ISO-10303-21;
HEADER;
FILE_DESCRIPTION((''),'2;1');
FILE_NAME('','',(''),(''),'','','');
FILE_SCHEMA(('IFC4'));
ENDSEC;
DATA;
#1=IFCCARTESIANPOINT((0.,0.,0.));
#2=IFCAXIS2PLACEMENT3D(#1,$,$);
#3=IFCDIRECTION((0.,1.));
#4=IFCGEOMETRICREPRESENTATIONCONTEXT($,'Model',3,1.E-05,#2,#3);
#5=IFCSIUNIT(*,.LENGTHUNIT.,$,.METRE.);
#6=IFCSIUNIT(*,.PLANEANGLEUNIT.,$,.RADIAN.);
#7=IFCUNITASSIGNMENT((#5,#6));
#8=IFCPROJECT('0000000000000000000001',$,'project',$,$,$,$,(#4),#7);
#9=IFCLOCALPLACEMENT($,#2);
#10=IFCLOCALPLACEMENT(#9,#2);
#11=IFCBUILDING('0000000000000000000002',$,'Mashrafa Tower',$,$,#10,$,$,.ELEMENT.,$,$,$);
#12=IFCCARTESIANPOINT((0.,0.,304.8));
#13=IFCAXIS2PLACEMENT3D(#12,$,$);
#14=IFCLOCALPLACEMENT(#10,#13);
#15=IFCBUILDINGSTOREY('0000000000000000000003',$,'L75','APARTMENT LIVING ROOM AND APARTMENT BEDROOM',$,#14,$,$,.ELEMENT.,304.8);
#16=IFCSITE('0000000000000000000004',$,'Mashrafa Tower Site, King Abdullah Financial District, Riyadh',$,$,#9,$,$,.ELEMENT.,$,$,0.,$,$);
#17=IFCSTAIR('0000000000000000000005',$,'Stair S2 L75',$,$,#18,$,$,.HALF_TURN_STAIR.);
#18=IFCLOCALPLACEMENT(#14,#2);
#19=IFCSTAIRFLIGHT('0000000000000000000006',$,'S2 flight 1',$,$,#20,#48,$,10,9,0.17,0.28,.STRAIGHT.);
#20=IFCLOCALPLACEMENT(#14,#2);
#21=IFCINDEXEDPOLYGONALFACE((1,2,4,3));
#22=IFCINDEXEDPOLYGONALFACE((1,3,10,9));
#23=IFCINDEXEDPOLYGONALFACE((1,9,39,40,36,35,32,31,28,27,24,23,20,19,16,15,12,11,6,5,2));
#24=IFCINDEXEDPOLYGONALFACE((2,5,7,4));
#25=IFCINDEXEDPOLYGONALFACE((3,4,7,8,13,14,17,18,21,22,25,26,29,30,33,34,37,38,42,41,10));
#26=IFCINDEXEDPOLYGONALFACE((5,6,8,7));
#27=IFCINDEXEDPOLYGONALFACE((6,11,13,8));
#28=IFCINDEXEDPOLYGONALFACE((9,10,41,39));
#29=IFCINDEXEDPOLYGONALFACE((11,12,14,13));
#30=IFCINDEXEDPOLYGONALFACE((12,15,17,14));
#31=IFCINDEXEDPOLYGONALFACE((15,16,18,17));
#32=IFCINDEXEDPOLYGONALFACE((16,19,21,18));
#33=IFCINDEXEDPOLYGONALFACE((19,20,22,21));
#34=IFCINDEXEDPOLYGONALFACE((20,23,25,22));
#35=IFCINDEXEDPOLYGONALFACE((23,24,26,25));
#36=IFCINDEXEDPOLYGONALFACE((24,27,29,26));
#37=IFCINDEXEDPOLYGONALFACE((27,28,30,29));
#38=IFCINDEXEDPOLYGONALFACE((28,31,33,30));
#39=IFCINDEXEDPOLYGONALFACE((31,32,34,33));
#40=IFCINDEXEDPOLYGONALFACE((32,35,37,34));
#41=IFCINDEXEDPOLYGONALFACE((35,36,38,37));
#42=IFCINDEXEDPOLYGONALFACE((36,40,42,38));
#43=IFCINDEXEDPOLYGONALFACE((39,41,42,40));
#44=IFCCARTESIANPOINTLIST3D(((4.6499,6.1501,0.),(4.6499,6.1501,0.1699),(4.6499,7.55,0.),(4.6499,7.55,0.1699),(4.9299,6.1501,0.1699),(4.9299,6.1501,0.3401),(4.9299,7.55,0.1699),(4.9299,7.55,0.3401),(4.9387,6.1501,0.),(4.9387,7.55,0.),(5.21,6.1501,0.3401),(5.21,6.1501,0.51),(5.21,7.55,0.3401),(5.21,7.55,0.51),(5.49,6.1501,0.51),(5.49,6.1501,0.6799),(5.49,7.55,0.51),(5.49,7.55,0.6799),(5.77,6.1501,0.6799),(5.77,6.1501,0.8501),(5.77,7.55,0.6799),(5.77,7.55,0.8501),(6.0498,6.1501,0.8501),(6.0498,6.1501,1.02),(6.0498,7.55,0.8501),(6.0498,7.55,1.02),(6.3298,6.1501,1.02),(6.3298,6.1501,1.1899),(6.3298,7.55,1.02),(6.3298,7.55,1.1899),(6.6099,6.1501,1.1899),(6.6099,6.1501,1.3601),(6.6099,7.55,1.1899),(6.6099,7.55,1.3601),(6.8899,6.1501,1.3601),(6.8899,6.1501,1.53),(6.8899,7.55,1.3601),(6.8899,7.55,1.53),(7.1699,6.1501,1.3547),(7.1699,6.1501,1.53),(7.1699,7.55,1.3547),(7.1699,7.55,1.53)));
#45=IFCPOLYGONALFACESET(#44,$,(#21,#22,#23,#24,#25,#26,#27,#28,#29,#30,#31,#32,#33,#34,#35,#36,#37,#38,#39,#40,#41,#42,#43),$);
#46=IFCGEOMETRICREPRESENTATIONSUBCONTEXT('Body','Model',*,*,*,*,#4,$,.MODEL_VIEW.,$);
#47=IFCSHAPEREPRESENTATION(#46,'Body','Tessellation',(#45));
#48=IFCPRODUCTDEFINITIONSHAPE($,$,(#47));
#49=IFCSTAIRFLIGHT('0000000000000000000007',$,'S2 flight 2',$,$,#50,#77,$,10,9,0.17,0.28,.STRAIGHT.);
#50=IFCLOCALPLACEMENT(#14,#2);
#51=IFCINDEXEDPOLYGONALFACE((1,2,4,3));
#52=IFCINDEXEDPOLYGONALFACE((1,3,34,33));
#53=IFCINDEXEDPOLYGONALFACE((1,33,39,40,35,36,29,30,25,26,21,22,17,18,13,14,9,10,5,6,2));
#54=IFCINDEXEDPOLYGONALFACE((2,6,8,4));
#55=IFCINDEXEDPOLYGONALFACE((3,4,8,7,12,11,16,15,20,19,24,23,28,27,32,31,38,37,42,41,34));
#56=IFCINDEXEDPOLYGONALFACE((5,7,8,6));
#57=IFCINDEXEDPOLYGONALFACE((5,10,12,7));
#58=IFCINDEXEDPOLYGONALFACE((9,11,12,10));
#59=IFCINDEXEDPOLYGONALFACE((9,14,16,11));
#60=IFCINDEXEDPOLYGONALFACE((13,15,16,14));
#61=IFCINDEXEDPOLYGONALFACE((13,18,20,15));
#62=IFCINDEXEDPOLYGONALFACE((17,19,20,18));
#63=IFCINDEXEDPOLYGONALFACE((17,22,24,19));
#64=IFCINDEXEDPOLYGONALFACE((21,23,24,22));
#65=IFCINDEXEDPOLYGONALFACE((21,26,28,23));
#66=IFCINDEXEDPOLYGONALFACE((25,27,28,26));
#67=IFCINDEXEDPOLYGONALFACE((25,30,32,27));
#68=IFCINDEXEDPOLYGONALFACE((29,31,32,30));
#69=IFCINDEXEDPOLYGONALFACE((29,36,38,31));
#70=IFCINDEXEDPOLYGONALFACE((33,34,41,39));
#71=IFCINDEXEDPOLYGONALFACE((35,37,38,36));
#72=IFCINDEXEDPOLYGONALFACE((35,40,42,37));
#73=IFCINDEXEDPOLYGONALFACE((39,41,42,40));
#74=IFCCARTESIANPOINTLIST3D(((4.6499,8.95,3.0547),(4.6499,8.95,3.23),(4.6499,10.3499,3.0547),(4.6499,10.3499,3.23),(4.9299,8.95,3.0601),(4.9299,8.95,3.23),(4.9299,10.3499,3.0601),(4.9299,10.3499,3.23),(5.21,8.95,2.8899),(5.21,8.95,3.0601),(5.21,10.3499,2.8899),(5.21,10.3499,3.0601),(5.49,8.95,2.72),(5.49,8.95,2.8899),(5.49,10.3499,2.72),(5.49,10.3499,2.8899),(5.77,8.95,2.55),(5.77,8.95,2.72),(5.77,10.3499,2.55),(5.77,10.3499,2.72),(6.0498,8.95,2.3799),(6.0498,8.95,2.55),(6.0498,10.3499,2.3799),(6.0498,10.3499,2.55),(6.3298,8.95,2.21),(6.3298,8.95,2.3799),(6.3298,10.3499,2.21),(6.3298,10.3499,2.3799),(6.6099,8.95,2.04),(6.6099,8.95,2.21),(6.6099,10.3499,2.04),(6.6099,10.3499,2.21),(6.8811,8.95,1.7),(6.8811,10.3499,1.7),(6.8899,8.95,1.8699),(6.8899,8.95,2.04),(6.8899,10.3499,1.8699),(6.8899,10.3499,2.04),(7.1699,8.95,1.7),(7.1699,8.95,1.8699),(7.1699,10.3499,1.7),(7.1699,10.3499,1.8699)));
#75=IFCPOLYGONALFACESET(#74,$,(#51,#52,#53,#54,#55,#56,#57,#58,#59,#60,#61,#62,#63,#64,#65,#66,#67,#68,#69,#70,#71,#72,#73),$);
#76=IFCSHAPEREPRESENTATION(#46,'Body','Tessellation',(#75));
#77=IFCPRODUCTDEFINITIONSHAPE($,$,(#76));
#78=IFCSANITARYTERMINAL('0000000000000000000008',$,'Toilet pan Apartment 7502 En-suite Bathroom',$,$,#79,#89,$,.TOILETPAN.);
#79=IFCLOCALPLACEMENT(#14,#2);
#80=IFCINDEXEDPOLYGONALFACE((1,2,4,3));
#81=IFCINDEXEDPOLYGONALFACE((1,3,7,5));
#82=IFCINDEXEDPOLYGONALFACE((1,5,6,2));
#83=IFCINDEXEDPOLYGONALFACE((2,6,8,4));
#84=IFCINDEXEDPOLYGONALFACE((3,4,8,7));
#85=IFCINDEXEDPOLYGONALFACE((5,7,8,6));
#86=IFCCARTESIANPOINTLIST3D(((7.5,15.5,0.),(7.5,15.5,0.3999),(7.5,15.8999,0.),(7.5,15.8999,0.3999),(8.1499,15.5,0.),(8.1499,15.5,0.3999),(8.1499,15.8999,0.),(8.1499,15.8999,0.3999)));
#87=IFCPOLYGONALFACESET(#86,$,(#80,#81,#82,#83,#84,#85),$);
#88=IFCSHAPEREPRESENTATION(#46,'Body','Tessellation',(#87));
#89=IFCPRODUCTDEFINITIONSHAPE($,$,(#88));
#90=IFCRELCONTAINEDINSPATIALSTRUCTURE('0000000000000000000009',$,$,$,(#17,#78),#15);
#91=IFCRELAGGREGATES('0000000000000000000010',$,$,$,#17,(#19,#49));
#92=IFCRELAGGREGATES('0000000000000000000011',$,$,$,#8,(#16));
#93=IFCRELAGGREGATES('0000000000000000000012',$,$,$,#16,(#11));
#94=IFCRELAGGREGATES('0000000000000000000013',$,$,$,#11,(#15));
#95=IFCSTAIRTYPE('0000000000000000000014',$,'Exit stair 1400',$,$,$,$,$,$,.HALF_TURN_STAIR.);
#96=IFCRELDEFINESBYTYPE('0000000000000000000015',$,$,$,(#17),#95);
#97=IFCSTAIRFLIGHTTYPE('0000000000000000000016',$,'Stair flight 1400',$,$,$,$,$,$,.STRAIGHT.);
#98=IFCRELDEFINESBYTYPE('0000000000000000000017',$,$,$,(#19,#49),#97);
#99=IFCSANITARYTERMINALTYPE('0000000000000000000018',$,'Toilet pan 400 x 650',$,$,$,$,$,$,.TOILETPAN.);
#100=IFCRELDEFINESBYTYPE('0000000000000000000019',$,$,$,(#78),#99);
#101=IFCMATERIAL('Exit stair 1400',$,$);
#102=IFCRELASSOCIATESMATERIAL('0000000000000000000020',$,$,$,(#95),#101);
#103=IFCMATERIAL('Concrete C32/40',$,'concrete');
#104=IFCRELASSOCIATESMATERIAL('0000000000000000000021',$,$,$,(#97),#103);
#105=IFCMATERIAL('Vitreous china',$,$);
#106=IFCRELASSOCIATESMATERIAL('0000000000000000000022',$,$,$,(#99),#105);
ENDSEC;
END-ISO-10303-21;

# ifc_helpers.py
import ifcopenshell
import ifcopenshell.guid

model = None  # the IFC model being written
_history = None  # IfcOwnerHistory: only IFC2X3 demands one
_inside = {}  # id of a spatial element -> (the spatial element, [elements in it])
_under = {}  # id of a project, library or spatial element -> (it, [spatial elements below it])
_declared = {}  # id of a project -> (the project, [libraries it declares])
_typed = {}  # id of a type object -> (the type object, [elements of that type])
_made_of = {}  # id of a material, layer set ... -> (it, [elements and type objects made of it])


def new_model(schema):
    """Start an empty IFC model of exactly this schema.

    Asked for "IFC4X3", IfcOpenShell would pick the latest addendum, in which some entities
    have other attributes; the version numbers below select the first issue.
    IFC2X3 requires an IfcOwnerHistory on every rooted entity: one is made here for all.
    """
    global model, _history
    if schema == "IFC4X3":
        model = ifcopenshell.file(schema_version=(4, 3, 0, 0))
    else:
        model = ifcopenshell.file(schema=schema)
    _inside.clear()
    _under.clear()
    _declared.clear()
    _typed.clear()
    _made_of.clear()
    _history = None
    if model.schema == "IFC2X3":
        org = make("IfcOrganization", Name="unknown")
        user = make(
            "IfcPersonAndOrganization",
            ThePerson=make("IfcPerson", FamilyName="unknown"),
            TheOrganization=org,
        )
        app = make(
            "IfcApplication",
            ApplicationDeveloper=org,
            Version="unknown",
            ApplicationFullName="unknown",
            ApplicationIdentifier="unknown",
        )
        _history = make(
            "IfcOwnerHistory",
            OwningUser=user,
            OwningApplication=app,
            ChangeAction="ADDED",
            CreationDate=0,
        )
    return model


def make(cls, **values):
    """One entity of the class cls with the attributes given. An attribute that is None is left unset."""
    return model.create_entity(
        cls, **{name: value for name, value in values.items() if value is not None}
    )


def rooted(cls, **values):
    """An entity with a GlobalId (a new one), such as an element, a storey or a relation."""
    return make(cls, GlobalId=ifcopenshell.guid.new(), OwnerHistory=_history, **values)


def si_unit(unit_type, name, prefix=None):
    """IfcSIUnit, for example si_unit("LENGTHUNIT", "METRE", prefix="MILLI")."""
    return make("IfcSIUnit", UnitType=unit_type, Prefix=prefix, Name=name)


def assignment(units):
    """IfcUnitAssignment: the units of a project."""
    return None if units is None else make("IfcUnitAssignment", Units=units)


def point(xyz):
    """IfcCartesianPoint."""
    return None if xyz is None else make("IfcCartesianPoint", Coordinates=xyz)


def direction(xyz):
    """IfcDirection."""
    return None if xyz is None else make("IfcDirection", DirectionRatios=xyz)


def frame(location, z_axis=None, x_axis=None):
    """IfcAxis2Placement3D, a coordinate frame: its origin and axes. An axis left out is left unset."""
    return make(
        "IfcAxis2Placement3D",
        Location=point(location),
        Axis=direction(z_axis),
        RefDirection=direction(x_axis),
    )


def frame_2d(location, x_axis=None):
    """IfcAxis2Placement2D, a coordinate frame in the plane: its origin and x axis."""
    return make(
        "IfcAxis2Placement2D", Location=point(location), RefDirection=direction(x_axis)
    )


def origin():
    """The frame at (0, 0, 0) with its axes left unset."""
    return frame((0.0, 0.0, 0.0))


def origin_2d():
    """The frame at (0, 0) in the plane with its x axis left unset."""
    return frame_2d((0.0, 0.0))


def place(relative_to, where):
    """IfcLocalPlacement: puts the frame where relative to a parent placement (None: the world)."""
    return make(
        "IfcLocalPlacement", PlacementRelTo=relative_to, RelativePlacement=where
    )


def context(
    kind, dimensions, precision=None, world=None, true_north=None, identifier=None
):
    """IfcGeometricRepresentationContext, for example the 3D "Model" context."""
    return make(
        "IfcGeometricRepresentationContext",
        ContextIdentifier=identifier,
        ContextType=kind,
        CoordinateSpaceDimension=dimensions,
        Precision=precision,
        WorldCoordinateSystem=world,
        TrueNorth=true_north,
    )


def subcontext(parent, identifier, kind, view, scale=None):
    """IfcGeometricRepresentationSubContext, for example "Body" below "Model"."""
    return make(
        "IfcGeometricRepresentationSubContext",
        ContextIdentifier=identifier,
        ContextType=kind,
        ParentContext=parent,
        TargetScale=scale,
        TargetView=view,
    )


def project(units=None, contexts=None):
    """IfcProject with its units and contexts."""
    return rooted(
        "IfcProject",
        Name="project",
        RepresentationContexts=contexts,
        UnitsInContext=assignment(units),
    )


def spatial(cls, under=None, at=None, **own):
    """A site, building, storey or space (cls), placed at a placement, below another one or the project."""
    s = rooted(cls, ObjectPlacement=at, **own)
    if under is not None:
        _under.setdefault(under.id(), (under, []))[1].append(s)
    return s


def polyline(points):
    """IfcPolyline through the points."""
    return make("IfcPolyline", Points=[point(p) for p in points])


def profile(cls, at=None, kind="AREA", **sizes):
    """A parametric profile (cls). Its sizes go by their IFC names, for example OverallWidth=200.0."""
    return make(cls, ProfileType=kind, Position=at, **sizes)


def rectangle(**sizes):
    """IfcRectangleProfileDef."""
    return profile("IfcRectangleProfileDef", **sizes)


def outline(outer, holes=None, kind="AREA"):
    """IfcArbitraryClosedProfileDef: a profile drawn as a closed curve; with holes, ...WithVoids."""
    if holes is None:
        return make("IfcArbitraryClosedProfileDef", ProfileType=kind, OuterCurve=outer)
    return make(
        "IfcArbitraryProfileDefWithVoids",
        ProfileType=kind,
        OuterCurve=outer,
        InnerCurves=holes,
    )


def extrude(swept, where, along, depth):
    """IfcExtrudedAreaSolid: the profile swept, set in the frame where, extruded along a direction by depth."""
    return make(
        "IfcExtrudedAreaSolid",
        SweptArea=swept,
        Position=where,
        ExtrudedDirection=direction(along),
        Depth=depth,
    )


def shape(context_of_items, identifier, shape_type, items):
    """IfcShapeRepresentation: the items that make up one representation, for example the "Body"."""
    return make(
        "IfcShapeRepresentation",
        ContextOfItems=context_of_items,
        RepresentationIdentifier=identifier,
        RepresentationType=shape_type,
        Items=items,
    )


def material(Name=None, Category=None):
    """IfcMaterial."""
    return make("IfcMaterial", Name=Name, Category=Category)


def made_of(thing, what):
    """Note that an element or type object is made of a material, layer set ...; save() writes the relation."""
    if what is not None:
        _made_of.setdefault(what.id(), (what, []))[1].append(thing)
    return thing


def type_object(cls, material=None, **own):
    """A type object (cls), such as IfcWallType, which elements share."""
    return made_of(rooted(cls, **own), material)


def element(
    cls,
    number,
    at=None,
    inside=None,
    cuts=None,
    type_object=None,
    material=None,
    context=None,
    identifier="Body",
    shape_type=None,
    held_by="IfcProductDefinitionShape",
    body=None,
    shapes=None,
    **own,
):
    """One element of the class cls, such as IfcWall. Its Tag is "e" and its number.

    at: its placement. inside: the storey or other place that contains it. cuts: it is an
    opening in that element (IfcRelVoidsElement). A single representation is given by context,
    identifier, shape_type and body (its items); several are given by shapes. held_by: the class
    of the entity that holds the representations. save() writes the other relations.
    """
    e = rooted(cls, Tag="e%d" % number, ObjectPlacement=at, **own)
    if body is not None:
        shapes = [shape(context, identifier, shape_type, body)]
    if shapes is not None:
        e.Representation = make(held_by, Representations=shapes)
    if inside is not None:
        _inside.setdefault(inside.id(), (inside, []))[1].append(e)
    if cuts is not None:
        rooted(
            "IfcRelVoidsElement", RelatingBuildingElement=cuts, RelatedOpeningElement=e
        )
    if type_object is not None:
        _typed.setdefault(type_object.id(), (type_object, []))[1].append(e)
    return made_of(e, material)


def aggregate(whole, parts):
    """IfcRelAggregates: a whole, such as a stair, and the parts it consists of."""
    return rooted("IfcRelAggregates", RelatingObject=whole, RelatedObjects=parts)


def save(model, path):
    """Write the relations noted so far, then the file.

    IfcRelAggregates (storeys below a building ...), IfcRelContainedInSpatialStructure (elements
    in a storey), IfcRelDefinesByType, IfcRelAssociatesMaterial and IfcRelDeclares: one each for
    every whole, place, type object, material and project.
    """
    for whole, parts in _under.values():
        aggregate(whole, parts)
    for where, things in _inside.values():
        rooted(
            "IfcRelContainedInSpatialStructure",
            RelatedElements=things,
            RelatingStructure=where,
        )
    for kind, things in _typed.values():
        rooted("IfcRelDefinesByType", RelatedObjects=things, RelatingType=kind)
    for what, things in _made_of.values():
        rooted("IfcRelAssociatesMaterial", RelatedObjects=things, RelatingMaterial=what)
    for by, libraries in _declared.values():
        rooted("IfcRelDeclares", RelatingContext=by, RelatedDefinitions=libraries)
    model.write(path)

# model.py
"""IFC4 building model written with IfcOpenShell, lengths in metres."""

from ifc_helpers import new_model, si_unit, direction, frame, origin, origin_2d, place, context, subcontext, project, spatial, polyline, rectangle, outline, extrude, material, type_object, element, aggregate, save


model = new_model("IFC4")

# Units and contexts
model_context = context("Model", 3, precision=1e-05, world=origin(), true_north=direction((0.0, 1.0)))
body_context = subcontext(model_context, "Body", "Model", "MODEL_VIEW")
ifc_project = project(units=[si_unit("LENGTHUNIT", "METRE"), si_unit("PLANEANGLEUNIT", "RADIAN")], contexts=[model_context])

# Site, building, storey
site_placement = place(None, origin())
site = spatial("IfcSite", under=ifc_project, at=site_placement, Name="Mashrafa Tower Site, King Abdullah Financial District, Riyadh", CompositionType="ELEMENT", RefElevation=0.0)
building_placement = place(site_placement, origin())
building = spatial("IfcBuilding", under=site, at=building_placement, Name="Mashrafa Tower", CompositionType="ELEMENT")
storey_placement = place(building_placement, frame((0.0, 0.0, 304.8)))
storey = spatial("IfcBuildingStorey", under=building, at=storey_placement, Name="L75", Description="APARTMENT LIVING ROOM AND APARTMENT BEDROOM", CompositionType="ELEMENT", Elevation=304.8)

# Shared definitions
ifc_material_1 = material(Name="Exit stair 1400")
stair_type = type_object("IfcStairType", Name="Exit stair 1400", PredefinedType="HALF_TURN_STAIR", material=ifc_material_1)

# Stair, stair flights
stair_1_placement = place(storey_placement, origin())
stair_1 = element("IfcStair", 1, at=stair_1_placement, inside=storey, type_object=stair_type, Name="Stair S2 L75", PredefinedType="HALF_TURN_STAIR")
ifc_material_2 = material(Name="Concrete C32/40", Category="concrete")
stair_flight_type = type_object("IfcStairFlightType", Name="Stair flight 1400", PredefinedType="STRAIGHT", material=ifc_material_2)
stair_flight_1_placement = place(storey_placement, frame((4.6499, 6.8501, 0.0), z_axis=(0.0, 0.0, 1.0), x_axis=(1.0, 0.0, 0.0)))
stair_flight_1 = element("IfcStairFlight", 2, at=stair_flight_1_placement, type_object=stair_flight_type, Name="S2 flight 1", NumberOfRisers=10, NumberOfTreads=9, PredefinedType="STRAIGHT", RiserHeight=0.17, TreadLength=0.28, context=body_context, shape_type="SweptSolid", body=[
    extrude(outline(polyline([(0.0, 0.0), (0.0, 0.1699), (0.28, 0.1699), (0.28, 0.3401), (0.5601, 0.3401), (0.5601, 0.51), (0.8401, 0.51), (0.8401, 0.6799), (1.1201, 0.6799), (1.1201, 0.8501), (1.3999, 0.8501), (1.3999, 1.02), (1.6799, 1.02), (1.6799, 1.1899), (1.96, 1.1899), (1.96, 1.3601), (2.24, 1.3601), (2.24, 1.53), (2.52, 1.53), (2.52, 1.7), (2.52, 1.3547), (0.2888, 0.0), (0.0, 0.0)])), frame((0.0, 0.7, 0.0), z_axis=(0.0, -1.0, 0.0), x_axis=(1.0, 0.0, 0.0)), (0.0, 0.0, 1.0), 1.3999),
])
stair_flight_2_placement = place(storey_placement, frame((7.1699, 9.6499, 1.7), z_axis=(0.0, 0.0, 1.0), x_axis=(-1.0, 0.0, 0.0)))
stair_flight_2 = element("IfcStairFlight", 3, at=stair_flight_2_placement, type_object=stair_flight_type, Name="S2 flight 2", NumberOfRisers=10, NumberOfTreads=9, PredefinedType="STRAIGHT", RiserHeight=0.17, TreadLength=0.28, context=body_context, shape_type="SweptSolid", body=[
    extrude(outline(polyline([(0.0, 0.0), (0.0, 0.1699), (0.28, 0.1699), (0.28, 0.3401), (0.5601, 0.3401), (0.5601, 0.51), (0.8401, 0.51), (0.8401, 0.6799), (1.1201, 0.6799), (1.1201, 0.8501), (1.3999, 0.8501), (1.3999, 1.02), (1.6799, 1.02), (1.6799, 1.1899), (1.96, 1.1899), (1.96, 1.3601), (2.24, 1.3601), (2.24, 1.53), (2.52, 1.53), (2.52, 1.7), (2.52, 1.3547), (0.2888, 0.0), (0.0, 0.0)])), frame((0.0, 0.7, 0.0), z_axis=(0.0, -1.0, 0.0), x_axis=(1.0, 0.0, 0.0)), (0.0, 0.0, 1.0), 1.3999),
])
aggregate(stair_1, [stair_flight_1, stair_flight_2])

# Sanitary terminal
ifc_material_3 = material(Name="Vitreous china")
sanitary_terminal_type = type_object("IfcSanitaryTerminalType", Name="Toilet pan 400 x 650", PredefinedType="TOILETPAN", material=ifc_material_3)
sanitary_terminal_placement = place(storey_placement, frame((7.825, 15.7, 0.0), z_axis=(0.0, 0.0, 1.0), x_axis=(0.0, 1.0, 0.0)))
element("IfcSanitaryTerminal", 4, at=sanitary_terminal_placement, inside=storey, type_object=sanitary_terminal_type, Name="Toilet pan Apartment 7502 En-suite Bathroom", PredefinedType="TOILETPAN", context=body_context, shape_type="SweptSolid", body=[
    extrude(rectangle(XDim=0.3999, YDim=0.6499, at=origin_2d()), origin(), (0.0, 0.0, 1.0), 0.3999),
])

save(model, "model.ifc")
